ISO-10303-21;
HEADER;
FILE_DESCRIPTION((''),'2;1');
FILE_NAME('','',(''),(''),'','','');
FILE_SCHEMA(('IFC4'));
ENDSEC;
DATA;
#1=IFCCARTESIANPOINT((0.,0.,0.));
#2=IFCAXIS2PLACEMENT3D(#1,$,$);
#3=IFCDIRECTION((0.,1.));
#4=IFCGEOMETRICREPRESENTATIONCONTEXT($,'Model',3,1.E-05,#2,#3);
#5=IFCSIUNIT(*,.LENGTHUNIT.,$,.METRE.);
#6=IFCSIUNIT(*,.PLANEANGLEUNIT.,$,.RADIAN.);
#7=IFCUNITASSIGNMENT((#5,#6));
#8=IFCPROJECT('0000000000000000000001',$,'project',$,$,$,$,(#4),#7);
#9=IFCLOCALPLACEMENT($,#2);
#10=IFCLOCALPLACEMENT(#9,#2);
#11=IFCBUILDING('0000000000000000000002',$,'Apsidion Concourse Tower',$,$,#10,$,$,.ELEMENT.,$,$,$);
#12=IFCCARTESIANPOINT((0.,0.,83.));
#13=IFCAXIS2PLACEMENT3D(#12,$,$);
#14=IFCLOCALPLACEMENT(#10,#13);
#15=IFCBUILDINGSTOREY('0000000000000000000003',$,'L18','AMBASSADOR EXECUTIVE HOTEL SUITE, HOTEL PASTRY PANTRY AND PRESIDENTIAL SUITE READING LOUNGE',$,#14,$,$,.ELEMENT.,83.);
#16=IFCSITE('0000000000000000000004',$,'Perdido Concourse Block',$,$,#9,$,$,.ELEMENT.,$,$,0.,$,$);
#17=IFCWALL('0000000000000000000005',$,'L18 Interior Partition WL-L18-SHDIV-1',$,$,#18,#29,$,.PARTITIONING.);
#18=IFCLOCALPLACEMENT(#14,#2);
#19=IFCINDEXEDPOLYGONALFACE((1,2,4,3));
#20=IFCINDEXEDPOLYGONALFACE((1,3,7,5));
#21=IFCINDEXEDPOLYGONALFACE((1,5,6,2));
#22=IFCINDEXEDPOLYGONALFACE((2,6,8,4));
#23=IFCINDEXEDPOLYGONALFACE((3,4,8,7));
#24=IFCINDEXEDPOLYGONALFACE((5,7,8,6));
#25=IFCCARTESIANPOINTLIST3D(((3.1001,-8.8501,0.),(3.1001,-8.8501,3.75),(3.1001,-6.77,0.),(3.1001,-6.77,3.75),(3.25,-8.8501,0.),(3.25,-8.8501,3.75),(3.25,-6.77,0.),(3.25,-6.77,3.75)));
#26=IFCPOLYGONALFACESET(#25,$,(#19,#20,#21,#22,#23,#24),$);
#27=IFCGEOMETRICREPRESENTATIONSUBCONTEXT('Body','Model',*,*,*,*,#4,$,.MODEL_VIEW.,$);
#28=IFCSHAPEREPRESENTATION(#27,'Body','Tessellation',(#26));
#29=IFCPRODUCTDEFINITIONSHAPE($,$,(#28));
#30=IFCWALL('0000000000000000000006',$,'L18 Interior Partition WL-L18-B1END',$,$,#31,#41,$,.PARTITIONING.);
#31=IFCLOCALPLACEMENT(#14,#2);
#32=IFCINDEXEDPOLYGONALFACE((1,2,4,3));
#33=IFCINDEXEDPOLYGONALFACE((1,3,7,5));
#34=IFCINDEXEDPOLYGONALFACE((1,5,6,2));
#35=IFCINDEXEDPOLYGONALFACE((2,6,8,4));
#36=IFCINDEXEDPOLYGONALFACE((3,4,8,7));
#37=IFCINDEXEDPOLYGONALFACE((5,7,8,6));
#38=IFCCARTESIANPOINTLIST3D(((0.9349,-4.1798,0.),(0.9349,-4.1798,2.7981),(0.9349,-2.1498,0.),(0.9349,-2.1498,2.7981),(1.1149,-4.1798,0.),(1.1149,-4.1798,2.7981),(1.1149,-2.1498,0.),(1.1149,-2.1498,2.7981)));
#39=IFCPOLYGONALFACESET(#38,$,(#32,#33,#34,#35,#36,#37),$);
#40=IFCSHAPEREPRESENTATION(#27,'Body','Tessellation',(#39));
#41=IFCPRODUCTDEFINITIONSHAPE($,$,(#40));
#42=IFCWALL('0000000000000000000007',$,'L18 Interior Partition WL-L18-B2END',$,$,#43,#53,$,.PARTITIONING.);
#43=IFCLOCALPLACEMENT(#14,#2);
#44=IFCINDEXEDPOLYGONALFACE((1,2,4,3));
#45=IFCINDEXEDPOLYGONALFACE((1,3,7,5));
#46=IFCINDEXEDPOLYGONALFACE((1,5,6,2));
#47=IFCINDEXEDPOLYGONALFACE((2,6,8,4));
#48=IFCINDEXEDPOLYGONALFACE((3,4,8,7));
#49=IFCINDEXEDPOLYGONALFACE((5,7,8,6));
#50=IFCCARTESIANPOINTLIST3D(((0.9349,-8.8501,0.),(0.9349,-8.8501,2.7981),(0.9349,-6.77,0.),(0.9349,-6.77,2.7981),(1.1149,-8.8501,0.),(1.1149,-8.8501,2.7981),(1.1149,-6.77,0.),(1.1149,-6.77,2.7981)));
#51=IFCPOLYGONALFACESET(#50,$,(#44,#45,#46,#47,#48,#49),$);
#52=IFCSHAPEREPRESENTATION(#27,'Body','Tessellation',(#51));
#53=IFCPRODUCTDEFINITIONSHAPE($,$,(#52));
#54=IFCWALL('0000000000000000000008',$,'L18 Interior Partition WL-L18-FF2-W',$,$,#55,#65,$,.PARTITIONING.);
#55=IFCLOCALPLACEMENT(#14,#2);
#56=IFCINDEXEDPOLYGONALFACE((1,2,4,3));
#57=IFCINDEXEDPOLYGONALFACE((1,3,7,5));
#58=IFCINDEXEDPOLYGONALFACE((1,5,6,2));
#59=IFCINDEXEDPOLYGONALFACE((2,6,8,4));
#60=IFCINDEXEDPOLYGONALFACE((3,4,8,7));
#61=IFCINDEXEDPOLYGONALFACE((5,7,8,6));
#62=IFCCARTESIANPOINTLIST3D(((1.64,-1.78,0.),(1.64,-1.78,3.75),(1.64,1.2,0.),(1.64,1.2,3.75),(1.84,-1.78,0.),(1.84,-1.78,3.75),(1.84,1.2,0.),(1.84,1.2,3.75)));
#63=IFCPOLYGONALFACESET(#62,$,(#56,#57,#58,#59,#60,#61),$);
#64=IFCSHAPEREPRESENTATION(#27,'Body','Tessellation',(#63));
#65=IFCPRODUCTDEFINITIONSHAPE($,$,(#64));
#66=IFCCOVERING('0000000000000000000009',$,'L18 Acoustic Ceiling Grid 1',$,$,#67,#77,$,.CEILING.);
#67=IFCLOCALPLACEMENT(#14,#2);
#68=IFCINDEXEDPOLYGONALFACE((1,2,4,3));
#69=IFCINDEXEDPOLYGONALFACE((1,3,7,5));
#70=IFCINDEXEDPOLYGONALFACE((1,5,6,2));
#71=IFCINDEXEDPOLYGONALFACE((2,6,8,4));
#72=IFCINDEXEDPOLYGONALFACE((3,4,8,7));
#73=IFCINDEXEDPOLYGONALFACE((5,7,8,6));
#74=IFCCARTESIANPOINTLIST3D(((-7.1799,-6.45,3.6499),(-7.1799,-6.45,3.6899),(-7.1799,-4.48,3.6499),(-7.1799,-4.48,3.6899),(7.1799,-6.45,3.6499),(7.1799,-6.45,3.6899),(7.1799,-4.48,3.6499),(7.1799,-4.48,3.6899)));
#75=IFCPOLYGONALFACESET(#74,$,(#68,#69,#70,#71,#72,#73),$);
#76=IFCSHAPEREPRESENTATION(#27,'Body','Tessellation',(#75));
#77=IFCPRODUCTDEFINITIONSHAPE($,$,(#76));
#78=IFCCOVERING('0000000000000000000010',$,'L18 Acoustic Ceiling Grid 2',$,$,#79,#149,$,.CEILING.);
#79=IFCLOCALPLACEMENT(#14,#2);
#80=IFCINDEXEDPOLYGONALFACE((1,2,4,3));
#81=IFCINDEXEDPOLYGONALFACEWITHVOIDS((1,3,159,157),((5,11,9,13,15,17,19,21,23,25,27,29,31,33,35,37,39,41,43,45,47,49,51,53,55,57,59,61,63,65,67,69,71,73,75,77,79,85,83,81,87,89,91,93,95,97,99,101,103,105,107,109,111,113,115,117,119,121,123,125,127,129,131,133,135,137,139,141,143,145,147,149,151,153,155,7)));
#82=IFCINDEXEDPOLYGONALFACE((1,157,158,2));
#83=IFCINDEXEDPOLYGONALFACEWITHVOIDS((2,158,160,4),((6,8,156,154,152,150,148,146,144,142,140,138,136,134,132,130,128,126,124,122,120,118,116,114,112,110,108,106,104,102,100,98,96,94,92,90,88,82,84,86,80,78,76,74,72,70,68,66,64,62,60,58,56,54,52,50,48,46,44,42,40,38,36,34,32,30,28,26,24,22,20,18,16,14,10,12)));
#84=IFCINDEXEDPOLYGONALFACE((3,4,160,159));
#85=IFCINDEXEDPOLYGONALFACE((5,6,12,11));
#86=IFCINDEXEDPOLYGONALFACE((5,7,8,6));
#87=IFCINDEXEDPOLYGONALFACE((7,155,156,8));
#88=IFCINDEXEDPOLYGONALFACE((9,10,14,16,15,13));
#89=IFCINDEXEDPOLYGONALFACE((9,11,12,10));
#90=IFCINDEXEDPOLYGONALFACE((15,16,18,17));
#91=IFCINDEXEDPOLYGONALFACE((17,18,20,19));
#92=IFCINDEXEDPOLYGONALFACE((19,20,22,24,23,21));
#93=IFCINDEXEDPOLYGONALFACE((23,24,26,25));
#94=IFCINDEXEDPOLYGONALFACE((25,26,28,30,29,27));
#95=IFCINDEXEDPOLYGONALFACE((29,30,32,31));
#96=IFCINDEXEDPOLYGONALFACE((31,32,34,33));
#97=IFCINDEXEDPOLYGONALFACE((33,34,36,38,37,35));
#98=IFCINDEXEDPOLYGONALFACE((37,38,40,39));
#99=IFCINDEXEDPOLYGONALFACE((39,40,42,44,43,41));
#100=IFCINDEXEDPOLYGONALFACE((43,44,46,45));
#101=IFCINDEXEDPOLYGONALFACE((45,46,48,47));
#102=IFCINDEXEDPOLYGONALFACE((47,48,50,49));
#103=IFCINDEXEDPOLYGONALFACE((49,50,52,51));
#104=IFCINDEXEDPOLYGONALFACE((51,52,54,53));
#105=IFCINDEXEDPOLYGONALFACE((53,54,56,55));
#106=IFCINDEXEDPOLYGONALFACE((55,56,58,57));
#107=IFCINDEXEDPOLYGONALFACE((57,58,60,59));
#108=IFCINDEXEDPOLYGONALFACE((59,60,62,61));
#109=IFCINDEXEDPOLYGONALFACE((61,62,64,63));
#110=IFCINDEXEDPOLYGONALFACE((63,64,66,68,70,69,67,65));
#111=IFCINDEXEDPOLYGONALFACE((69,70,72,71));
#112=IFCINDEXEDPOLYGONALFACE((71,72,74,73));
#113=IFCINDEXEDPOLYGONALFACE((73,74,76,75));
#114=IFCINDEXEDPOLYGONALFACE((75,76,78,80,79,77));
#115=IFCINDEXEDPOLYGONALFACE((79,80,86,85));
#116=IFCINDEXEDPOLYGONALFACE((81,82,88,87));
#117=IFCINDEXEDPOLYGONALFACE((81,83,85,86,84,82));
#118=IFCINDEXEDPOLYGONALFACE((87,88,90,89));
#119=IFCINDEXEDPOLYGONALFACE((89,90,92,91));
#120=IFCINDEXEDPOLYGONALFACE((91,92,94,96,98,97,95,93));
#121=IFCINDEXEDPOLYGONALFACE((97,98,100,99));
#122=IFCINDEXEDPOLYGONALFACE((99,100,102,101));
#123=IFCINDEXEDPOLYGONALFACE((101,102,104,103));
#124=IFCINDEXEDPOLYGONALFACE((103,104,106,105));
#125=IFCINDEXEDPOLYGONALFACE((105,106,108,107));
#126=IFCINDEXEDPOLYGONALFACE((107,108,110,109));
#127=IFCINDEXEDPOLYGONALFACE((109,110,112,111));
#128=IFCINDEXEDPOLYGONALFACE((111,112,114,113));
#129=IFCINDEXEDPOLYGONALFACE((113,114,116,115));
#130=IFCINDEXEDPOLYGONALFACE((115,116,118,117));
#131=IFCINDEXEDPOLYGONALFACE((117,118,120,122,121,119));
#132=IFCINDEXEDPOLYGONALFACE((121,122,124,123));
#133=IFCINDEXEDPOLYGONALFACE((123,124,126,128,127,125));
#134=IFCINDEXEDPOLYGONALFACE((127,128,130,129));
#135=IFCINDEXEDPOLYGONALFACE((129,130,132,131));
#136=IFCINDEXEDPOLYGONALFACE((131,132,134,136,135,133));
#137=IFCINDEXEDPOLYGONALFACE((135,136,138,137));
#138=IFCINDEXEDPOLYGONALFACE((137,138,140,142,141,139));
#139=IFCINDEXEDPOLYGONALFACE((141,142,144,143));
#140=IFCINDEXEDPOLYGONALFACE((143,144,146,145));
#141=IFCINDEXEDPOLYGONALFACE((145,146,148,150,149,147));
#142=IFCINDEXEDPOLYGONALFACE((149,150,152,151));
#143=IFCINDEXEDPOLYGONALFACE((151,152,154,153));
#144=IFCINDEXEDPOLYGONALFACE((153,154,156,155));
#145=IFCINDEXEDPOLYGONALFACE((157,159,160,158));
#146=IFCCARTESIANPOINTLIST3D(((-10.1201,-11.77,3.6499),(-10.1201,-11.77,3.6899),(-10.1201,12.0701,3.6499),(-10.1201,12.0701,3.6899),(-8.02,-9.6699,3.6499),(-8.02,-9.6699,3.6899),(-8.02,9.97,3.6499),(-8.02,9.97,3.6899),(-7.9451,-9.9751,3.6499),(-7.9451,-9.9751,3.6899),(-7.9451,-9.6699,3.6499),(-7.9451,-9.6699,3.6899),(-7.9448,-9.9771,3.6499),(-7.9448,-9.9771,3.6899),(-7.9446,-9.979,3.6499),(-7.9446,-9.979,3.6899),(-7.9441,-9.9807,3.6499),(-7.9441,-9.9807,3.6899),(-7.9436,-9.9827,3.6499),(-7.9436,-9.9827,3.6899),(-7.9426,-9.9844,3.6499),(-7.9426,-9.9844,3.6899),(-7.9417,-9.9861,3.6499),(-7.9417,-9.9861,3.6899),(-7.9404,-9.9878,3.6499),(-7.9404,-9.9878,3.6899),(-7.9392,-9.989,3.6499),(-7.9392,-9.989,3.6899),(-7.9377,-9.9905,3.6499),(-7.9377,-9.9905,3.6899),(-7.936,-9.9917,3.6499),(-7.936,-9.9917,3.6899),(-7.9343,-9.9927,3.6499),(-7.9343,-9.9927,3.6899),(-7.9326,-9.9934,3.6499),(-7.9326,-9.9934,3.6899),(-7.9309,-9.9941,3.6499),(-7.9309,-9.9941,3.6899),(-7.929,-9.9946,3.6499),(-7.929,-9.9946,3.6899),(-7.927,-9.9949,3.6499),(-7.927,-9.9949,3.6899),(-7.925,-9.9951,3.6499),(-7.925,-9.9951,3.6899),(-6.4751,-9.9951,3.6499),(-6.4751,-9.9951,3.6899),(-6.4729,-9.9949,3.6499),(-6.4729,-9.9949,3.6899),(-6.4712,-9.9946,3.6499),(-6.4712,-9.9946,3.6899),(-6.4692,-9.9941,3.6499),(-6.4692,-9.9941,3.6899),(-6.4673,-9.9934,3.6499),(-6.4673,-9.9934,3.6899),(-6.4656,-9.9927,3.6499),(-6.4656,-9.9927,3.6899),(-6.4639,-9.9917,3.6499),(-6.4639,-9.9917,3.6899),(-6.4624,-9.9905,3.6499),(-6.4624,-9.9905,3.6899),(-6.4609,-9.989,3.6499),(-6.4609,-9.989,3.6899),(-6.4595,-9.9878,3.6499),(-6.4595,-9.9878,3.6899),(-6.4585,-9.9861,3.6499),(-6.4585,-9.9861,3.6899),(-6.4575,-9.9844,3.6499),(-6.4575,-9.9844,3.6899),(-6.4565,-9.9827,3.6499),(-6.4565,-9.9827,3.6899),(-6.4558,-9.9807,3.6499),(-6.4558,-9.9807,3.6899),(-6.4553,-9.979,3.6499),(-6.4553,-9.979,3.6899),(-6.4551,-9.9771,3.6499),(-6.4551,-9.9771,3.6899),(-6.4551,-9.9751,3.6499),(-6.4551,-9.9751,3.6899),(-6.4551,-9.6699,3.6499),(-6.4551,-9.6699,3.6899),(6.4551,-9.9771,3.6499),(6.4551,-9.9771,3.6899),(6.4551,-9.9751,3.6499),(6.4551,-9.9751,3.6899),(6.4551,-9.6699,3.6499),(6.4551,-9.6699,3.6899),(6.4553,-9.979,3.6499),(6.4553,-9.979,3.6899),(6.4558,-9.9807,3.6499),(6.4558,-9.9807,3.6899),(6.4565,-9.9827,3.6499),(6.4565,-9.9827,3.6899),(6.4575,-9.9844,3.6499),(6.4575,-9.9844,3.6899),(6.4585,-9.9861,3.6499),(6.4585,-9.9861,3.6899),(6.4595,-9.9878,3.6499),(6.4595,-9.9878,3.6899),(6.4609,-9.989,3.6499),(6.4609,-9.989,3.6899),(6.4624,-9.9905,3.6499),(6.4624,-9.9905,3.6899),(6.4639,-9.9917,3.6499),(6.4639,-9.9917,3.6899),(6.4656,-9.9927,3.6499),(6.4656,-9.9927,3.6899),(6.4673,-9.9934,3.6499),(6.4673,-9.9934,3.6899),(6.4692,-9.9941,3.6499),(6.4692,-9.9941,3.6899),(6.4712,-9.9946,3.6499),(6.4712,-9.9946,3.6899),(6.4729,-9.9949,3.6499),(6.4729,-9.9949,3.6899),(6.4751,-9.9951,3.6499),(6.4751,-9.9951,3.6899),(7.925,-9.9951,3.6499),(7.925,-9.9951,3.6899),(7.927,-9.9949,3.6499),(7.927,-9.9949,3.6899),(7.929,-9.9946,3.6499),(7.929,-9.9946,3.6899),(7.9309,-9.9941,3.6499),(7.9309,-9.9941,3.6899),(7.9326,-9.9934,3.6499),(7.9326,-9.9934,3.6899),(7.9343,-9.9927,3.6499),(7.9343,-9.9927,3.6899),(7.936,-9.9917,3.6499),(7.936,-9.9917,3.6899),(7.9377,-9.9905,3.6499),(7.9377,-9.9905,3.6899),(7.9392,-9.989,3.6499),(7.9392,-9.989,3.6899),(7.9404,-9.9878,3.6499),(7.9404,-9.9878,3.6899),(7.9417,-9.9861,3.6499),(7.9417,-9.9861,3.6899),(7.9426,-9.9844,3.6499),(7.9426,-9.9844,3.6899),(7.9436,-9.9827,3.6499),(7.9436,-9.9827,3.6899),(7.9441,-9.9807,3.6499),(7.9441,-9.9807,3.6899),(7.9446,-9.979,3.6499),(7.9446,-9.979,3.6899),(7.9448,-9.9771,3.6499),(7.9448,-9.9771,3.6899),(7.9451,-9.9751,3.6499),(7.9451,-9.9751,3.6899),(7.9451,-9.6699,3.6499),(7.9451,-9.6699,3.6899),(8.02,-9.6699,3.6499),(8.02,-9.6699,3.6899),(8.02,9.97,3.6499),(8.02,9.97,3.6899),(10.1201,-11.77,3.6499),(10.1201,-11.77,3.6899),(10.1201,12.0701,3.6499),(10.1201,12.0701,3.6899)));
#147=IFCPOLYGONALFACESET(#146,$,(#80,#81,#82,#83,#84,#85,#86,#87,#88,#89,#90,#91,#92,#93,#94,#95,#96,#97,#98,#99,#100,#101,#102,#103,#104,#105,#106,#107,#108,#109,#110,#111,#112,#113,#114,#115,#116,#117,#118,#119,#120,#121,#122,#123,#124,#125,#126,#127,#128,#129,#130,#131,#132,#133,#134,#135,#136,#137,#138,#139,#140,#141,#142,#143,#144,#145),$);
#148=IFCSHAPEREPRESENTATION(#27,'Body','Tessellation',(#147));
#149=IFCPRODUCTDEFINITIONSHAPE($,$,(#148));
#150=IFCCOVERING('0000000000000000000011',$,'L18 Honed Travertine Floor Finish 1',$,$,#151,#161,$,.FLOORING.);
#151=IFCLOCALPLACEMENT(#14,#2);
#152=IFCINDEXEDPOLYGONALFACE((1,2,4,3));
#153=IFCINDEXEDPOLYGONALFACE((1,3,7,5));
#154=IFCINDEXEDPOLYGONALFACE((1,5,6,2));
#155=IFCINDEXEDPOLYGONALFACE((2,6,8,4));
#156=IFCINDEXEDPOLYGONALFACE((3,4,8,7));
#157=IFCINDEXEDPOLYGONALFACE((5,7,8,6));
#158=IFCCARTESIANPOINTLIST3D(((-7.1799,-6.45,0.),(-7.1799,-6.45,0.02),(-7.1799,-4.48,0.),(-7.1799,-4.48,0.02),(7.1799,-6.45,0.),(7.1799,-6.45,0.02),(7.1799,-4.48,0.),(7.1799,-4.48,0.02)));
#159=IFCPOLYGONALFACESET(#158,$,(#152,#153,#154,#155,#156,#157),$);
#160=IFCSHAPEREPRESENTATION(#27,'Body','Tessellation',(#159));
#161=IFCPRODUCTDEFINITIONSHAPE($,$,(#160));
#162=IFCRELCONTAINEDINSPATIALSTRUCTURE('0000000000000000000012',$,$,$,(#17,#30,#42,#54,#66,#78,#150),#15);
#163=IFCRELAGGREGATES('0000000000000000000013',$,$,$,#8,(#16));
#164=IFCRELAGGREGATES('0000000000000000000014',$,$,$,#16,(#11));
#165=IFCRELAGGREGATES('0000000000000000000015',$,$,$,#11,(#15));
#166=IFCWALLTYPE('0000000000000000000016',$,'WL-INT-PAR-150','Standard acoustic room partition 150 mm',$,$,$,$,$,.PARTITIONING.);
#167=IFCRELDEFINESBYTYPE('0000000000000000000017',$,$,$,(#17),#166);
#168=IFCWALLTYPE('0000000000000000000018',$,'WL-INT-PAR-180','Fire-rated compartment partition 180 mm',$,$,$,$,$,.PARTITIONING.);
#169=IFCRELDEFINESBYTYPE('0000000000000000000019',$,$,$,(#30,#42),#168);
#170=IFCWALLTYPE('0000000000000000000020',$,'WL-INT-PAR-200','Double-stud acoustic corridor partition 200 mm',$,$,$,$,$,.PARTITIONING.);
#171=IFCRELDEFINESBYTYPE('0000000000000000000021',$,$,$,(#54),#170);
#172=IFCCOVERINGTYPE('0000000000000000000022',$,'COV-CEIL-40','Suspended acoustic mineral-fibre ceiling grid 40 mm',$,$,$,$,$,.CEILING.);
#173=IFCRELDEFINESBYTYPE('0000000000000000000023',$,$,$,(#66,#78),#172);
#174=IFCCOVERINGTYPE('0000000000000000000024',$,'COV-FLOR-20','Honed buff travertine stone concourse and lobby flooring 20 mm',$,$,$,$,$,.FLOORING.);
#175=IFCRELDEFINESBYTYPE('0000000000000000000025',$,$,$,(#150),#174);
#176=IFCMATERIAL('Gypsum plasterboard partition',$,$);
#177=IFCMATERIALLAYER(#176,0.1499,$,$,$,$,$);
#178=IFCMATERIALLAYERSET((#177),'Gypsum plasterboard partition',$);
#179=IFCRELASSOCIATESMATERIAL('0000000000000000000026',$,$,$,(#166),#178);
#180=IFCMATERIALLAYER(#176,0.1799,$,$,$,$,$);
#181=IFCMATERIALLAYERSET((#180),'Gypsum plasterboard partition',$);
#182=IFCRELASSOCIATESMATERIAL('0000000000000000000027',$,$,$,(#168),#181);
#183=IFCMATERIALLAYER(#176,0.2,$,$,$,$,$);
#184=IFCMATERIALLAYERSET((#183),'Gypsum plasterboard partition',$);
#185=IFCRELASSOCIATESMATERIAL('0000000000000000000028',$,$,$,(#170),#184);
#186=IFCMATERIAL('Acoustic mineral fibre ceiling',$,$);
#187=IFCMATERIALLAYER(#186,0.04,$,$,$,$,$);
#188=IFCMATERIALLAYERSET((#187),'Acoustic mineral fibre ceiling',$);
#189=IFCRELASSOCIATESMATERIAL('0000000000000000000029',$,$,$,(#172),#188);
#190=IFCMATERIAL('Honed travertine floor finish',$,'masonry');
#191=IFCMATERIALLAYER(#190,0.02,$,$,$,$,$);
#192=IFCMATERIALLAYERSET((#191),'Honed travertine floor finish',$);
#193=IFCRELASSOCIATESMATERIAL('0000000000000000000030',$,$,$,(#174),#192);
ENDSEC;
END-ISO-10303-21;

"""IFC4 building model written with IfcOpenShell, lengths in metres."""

from ifc_helpers import new_model, si_unit, direction, frame, frame_2d, origin, place, context, subcontext, project, spatial, polyline, rectangle, outline, extrude, material, layer, layer_set, type_object, element, save


model = new_model("IFC4")

# Units and contexts
model_context = context("Model", 3, precision=1e-05, world=origin(), true_north=direction((0.0, 1.0)))
body_context = subcontext(model_context, "Body", "Model", "MODEL_VIEW")
ifc_project = project(units=[si_unit("LENGTHUNIT", "METRE"), si_unit("PLANEANGLEUNIT", "RADIAN")], contexts=[model_context])

# Site, building, storey
site_placement = place(None, origin())
site = spatial("IfcSite", under=ifc_project, at=site_placement, Name="Perdido Concourse Block", CompositionType="ELEMENT", RefElevation=0.0)
building_placement = place(site_placement, origin())
building = spatial("IfcBuilding", under=site, at=building_placement, Name="Apsidion Concourse Tower", CompositionType="ELEMENT")
storey_placement = place(building_placement, frame((0.0, 0.0, 83.0)))
storey = spatial("IfcBuildingStorey", under=building, at=storey_placement, Name="L18", Description="AMBASSADOR EXECUTIVE HOTEL SUITE, HOTEL PASTRY PANTRY AND PRESIDENTIAL SUITE READING LOUNGE", CompositionType="ELEMENT", Elevation=83.0)

# Walls
ifc_material_1 = material(Name="Gypsum plasterboard partition")
ifc_layer_1 = layer(ifc_material_1, 0.1499)
ifc_layer_set_1 = layer_set([ifc_layer_1], Name="Gypsum plasterboard partition")
wall_type_1 = type_object("IfcWallType", Name="WL-INT-PAR-150", Description="Standard acoustic room partition 150 mm", PredefinedType="PARTITIONING", material=ifc_layer_set_1)
wall_1_placement = place(storey_placement, frame((3.175, -8.8501, 0.0), z_axis=(0.0, 0.0, 1.0), x_axis=(0.0, 1.0, 0.0)))
element("IfcWall", 1, at=wall_1_placement, inside=storey, type_object=wall_type_1, Name="L18 Interior Partition WL-L18-SHDIV-1", PredefinedType="PARTITIONING", context=body_context, shape_type="SweptSolid", body=[
    extrude(rectangle(XDim=2.0801, YDim=0.1499, at=frame_2d((1.04, 0.0))), origin(), (0.0, 0.0, 1.0), 3.75),
])
ifc_layer_2 = layer(ifc_material_1, 0.1799)
ifc_layer_set_2 = layer_set([ifc_layer_2], Name="Gypsum plasterboard partition")
wall_type_2 = type_object("IfcWallType", Name="WL-INT-PAR-180", Description="Fire-rated compartment partition 180 mm", PredefinedType="PARTITIONING", material=ifc_layer_set_2)
wall_2_placement = place(storey_placement, frame((1.0249, -4.1799, 0.0), z_axis=(0.0, 0.0, 1.0), x_axis=(0.0, 1.0, 0.0)))
element("IfcWall", 2, at=wall_2_placement, inside=storey, type_object=wall_type_2, Name="L18 Interior Partition WL-L18-B1END", PredefinedType="PARTITIONING", context=body_context, shape_type="SweptSolid", body=[
    extrude(rectangle(XDim=2.03, YDim=0.1799, at=frame_2d((1.0151, 0.0))), origin(), (0.0, 0.0, 1.0), 2.7981),
])
wall_3_placement = place(storey_placement, frame((1.0249, -8.8501, 0.0), z_axis=(0.0, 0.0, 1.0), x_axis=(0.0, 1.0, 0.0)))
element("IfcWall", 3, at=wall_3_placement, inside=storey, type_object=wall_type_2, Name="L18 Interior Partition WL-L18-B2END", PredefinedType="PARTITIONING", context=body_context, shape_type="SweptSolid", body=[
    extrude(rectangle(XDim=2.0801, YDim=0.1799, at=frame_2d((1.04, 0.0))), origin(), (0.0, 0.0, 1.0), 2.7981),
])
ifc_layer_3 = layer(ifc_material_1, 0.2)
ifc_layer_set_3 = layer_set([ifc_layer_3], Name="Gypsum plasterboard partition")
wall_type_3 = type_object("IfcWallType", Name="WL-INT-PAR-200", Description="Double-stud acoustic corridor partition 200 mm", PredefinedType="PARTITIONING", material=ifc_layer_set_3)
wall_4_placement = place(storey_placement, frame((1.74, -1.78, 0.0), z_axis=(0.0, 0.0, 1.0), x_axis=(0.0, 1.0, 0.0)))
element("IfcWall", 4, at=wall_4_placement, inside=storey, type_object=wall_type_3, Name="L18 Interior Partition WL-L18-FF2-W", PredefinedType="PARTITIONING", context=body_context, shape_type="SweptSolid", body=[
    extrude(rectangle(XDim=2.98, YDim=0.2, at=frame_2d((1.49, 0.0))), origin(), (0.0, 0.0, 1.0), 3.75),
])

# Coverings
ifc_material_2 = material(Name="Acoustic mineral fibre ceiling")
ifc_layer_4 = layer(ifc_material_2, 0.04)
ifc_layer_set_4 = layer_set([ifc_layer_4], Name="Acoustic mineral fibre ceiling")
covering_type_1 = type_object("IfcCoveringType", Name="COV-CEIL-40", Description="Suspended acoustic mineral-fibre ceiling grid 40 mm", PredefinedType="CEILING", material=ifc_layer_set_4)
covering_1_placement = place(storey_placement, frame((0.0, 0.0, 3.6499)))
element("IfcCovering", 5, at=covering_1_placement, inside=storey, type_object=covering_type_1, Name="L18 Acoustic Ceiling Grid 1", PredefinedType="CEILING", context=body_context, shape_type="SweptSolid", body=[
    extrude(outline(polyline([(-7.1799, -6.45), (-7.1799, -4.48), (7.1799, -4.48), (7.1799, -6.45), (-7.1799, -6.45)])), origin(), (0.0, 0.0, 1.0), 0.04),
])
covering_2_placement = place(storey_placement, frame((0.0, 0.0, 3.6499)))
element("IfcCovering", 6, at=covering_2_placement, inside=storey, type_object=covering_type_1, Name="L18 Acoustic Ceiling Grid 2", PredefinedType="CEILING", context=body_context, shape_type="SweptSolid", body=[
    extrude(outline(polyline([(10.1201, 12.0701), (10.1201, -11.77), (-10.1201, -11.77), (-10.1201, 12.0701), (10.1201, 12.0701)]), holes=[polyline([(-8.02, -9.6699), (-7.9451, -9.6699), (-7.9451, -9.9751), (-7.9448, -9.9771), (-7.9446, -9.979), (-7.9441, -9.9807), (-7.9436, -9.9827), (-7.9426, -9.9844), (-7.9417, -9.9861), (-7.9404, -9.9878), (-7.9392, -9.989), (-7.9377, -9.9905), (-7.936, -9.9917), (-7.9343, -9.9927), (-7.9326, -9.9934), (-7.9309, -9.9941), (-7.929, -9.9946), (-7.927, -9.9949), (-7.925, -9.9951), (-6.4751, -9.9951), (-6.4729, -9.9949), (-6.4712, -9.9946), (-6.4692, -9.9941), (-6.4673, -9.9934), (-6.4656, -9.9927), (-6.4639, -9.9917), (-6.4624, -9.9905), (-6.4609, -9.989), (-6.4595, -9.9878), (-6.4585, -9.9861), (-6.4575, -9.9844), (-6.4565, -9.9827), (-6.4558, -9.9807), (-6.4553, -9.979), (-6.4551, -9.9771), (-6.4551, -9.9751), (-6.4551, -9.6699), (6.4551, -9.6699), (6.4551, -9.9751), (6.4551, -9.9771), (6.4553, -9.979), (6.4558, -9.9807), (6.4565, -9.9827), (6.4575, -9.9844), (6.4585, -9.9861), (6.4595, -9.9878), (6.4609, -9.989), (6.4624, -9.9905), (6.4639, -9.9917), (6.4656, -9.9927), (6.4673, -9.9934), (6.4692, -9.9941), (6.4712, -9.9946), (6.4729, -9.9949), (6.4751, -9.9951), (7.925, -9.9951), (7.927, -9.9949), (7.929, -9.9946), (7.9309, -9.9941), (7.9326, -9.9934), (7.9343, -9.9927), (7.936, -9.9917), (7.9377, -9.9905), (7.9392, -9.989), (7.9404, -9.9878), (7.9417, -9.9861), (7.9426, -9.9844), (7.9436, -9.9827), (7.9441, -9.9807), (7.9446, -9.979), (7.9448, -9.9771), (7.9451, -9.9751), (7.9451, -9.6699), (8.02, -9.6699), (8.02, 9.97), (-8.02, 9.97), (-8.02, -9.6699)])]), origin(), (0.0, 0.0, 1.0), 0.04),
])
ifc_material_3 = material(Name="Honed travertine floor finish", Category="masonry")
ifc_layer_5 = layer(ifc_material_3, 0.02)
ifc_layer_set_5 = layer_set([ifc_layer_5], Name="Honed travertine floor finish")
covering_type_2 = type_object("IfcCoveringType", Name="COV-FLOR-20", Description="Honed buff travertine stone concourse and lobby flooring 20 mm", PredefinedType="FLOORING", material=ifc_layer_set_5)
covering_3_placement = place(storey_placement, origin())
element("IfcCovering", 7, at=covering_3_placement, inside=storey, type_object=covering_type_2, Name="L18 Honed Travertine Floor Finish 1", PredefinedType="FLOORING", context=body_context, shape_type="SweptSolid", body=[
    extrude(outline(polyline([(-7.1799, -6.45), (-7.1799, -4.48), (7.1799, -4.48), (7.1799, -6.45), (-7.1799, -6.45)])), origin(), (0.0, 0.0, 1.0), 0.02),
])

save(model, "model.ifc")
